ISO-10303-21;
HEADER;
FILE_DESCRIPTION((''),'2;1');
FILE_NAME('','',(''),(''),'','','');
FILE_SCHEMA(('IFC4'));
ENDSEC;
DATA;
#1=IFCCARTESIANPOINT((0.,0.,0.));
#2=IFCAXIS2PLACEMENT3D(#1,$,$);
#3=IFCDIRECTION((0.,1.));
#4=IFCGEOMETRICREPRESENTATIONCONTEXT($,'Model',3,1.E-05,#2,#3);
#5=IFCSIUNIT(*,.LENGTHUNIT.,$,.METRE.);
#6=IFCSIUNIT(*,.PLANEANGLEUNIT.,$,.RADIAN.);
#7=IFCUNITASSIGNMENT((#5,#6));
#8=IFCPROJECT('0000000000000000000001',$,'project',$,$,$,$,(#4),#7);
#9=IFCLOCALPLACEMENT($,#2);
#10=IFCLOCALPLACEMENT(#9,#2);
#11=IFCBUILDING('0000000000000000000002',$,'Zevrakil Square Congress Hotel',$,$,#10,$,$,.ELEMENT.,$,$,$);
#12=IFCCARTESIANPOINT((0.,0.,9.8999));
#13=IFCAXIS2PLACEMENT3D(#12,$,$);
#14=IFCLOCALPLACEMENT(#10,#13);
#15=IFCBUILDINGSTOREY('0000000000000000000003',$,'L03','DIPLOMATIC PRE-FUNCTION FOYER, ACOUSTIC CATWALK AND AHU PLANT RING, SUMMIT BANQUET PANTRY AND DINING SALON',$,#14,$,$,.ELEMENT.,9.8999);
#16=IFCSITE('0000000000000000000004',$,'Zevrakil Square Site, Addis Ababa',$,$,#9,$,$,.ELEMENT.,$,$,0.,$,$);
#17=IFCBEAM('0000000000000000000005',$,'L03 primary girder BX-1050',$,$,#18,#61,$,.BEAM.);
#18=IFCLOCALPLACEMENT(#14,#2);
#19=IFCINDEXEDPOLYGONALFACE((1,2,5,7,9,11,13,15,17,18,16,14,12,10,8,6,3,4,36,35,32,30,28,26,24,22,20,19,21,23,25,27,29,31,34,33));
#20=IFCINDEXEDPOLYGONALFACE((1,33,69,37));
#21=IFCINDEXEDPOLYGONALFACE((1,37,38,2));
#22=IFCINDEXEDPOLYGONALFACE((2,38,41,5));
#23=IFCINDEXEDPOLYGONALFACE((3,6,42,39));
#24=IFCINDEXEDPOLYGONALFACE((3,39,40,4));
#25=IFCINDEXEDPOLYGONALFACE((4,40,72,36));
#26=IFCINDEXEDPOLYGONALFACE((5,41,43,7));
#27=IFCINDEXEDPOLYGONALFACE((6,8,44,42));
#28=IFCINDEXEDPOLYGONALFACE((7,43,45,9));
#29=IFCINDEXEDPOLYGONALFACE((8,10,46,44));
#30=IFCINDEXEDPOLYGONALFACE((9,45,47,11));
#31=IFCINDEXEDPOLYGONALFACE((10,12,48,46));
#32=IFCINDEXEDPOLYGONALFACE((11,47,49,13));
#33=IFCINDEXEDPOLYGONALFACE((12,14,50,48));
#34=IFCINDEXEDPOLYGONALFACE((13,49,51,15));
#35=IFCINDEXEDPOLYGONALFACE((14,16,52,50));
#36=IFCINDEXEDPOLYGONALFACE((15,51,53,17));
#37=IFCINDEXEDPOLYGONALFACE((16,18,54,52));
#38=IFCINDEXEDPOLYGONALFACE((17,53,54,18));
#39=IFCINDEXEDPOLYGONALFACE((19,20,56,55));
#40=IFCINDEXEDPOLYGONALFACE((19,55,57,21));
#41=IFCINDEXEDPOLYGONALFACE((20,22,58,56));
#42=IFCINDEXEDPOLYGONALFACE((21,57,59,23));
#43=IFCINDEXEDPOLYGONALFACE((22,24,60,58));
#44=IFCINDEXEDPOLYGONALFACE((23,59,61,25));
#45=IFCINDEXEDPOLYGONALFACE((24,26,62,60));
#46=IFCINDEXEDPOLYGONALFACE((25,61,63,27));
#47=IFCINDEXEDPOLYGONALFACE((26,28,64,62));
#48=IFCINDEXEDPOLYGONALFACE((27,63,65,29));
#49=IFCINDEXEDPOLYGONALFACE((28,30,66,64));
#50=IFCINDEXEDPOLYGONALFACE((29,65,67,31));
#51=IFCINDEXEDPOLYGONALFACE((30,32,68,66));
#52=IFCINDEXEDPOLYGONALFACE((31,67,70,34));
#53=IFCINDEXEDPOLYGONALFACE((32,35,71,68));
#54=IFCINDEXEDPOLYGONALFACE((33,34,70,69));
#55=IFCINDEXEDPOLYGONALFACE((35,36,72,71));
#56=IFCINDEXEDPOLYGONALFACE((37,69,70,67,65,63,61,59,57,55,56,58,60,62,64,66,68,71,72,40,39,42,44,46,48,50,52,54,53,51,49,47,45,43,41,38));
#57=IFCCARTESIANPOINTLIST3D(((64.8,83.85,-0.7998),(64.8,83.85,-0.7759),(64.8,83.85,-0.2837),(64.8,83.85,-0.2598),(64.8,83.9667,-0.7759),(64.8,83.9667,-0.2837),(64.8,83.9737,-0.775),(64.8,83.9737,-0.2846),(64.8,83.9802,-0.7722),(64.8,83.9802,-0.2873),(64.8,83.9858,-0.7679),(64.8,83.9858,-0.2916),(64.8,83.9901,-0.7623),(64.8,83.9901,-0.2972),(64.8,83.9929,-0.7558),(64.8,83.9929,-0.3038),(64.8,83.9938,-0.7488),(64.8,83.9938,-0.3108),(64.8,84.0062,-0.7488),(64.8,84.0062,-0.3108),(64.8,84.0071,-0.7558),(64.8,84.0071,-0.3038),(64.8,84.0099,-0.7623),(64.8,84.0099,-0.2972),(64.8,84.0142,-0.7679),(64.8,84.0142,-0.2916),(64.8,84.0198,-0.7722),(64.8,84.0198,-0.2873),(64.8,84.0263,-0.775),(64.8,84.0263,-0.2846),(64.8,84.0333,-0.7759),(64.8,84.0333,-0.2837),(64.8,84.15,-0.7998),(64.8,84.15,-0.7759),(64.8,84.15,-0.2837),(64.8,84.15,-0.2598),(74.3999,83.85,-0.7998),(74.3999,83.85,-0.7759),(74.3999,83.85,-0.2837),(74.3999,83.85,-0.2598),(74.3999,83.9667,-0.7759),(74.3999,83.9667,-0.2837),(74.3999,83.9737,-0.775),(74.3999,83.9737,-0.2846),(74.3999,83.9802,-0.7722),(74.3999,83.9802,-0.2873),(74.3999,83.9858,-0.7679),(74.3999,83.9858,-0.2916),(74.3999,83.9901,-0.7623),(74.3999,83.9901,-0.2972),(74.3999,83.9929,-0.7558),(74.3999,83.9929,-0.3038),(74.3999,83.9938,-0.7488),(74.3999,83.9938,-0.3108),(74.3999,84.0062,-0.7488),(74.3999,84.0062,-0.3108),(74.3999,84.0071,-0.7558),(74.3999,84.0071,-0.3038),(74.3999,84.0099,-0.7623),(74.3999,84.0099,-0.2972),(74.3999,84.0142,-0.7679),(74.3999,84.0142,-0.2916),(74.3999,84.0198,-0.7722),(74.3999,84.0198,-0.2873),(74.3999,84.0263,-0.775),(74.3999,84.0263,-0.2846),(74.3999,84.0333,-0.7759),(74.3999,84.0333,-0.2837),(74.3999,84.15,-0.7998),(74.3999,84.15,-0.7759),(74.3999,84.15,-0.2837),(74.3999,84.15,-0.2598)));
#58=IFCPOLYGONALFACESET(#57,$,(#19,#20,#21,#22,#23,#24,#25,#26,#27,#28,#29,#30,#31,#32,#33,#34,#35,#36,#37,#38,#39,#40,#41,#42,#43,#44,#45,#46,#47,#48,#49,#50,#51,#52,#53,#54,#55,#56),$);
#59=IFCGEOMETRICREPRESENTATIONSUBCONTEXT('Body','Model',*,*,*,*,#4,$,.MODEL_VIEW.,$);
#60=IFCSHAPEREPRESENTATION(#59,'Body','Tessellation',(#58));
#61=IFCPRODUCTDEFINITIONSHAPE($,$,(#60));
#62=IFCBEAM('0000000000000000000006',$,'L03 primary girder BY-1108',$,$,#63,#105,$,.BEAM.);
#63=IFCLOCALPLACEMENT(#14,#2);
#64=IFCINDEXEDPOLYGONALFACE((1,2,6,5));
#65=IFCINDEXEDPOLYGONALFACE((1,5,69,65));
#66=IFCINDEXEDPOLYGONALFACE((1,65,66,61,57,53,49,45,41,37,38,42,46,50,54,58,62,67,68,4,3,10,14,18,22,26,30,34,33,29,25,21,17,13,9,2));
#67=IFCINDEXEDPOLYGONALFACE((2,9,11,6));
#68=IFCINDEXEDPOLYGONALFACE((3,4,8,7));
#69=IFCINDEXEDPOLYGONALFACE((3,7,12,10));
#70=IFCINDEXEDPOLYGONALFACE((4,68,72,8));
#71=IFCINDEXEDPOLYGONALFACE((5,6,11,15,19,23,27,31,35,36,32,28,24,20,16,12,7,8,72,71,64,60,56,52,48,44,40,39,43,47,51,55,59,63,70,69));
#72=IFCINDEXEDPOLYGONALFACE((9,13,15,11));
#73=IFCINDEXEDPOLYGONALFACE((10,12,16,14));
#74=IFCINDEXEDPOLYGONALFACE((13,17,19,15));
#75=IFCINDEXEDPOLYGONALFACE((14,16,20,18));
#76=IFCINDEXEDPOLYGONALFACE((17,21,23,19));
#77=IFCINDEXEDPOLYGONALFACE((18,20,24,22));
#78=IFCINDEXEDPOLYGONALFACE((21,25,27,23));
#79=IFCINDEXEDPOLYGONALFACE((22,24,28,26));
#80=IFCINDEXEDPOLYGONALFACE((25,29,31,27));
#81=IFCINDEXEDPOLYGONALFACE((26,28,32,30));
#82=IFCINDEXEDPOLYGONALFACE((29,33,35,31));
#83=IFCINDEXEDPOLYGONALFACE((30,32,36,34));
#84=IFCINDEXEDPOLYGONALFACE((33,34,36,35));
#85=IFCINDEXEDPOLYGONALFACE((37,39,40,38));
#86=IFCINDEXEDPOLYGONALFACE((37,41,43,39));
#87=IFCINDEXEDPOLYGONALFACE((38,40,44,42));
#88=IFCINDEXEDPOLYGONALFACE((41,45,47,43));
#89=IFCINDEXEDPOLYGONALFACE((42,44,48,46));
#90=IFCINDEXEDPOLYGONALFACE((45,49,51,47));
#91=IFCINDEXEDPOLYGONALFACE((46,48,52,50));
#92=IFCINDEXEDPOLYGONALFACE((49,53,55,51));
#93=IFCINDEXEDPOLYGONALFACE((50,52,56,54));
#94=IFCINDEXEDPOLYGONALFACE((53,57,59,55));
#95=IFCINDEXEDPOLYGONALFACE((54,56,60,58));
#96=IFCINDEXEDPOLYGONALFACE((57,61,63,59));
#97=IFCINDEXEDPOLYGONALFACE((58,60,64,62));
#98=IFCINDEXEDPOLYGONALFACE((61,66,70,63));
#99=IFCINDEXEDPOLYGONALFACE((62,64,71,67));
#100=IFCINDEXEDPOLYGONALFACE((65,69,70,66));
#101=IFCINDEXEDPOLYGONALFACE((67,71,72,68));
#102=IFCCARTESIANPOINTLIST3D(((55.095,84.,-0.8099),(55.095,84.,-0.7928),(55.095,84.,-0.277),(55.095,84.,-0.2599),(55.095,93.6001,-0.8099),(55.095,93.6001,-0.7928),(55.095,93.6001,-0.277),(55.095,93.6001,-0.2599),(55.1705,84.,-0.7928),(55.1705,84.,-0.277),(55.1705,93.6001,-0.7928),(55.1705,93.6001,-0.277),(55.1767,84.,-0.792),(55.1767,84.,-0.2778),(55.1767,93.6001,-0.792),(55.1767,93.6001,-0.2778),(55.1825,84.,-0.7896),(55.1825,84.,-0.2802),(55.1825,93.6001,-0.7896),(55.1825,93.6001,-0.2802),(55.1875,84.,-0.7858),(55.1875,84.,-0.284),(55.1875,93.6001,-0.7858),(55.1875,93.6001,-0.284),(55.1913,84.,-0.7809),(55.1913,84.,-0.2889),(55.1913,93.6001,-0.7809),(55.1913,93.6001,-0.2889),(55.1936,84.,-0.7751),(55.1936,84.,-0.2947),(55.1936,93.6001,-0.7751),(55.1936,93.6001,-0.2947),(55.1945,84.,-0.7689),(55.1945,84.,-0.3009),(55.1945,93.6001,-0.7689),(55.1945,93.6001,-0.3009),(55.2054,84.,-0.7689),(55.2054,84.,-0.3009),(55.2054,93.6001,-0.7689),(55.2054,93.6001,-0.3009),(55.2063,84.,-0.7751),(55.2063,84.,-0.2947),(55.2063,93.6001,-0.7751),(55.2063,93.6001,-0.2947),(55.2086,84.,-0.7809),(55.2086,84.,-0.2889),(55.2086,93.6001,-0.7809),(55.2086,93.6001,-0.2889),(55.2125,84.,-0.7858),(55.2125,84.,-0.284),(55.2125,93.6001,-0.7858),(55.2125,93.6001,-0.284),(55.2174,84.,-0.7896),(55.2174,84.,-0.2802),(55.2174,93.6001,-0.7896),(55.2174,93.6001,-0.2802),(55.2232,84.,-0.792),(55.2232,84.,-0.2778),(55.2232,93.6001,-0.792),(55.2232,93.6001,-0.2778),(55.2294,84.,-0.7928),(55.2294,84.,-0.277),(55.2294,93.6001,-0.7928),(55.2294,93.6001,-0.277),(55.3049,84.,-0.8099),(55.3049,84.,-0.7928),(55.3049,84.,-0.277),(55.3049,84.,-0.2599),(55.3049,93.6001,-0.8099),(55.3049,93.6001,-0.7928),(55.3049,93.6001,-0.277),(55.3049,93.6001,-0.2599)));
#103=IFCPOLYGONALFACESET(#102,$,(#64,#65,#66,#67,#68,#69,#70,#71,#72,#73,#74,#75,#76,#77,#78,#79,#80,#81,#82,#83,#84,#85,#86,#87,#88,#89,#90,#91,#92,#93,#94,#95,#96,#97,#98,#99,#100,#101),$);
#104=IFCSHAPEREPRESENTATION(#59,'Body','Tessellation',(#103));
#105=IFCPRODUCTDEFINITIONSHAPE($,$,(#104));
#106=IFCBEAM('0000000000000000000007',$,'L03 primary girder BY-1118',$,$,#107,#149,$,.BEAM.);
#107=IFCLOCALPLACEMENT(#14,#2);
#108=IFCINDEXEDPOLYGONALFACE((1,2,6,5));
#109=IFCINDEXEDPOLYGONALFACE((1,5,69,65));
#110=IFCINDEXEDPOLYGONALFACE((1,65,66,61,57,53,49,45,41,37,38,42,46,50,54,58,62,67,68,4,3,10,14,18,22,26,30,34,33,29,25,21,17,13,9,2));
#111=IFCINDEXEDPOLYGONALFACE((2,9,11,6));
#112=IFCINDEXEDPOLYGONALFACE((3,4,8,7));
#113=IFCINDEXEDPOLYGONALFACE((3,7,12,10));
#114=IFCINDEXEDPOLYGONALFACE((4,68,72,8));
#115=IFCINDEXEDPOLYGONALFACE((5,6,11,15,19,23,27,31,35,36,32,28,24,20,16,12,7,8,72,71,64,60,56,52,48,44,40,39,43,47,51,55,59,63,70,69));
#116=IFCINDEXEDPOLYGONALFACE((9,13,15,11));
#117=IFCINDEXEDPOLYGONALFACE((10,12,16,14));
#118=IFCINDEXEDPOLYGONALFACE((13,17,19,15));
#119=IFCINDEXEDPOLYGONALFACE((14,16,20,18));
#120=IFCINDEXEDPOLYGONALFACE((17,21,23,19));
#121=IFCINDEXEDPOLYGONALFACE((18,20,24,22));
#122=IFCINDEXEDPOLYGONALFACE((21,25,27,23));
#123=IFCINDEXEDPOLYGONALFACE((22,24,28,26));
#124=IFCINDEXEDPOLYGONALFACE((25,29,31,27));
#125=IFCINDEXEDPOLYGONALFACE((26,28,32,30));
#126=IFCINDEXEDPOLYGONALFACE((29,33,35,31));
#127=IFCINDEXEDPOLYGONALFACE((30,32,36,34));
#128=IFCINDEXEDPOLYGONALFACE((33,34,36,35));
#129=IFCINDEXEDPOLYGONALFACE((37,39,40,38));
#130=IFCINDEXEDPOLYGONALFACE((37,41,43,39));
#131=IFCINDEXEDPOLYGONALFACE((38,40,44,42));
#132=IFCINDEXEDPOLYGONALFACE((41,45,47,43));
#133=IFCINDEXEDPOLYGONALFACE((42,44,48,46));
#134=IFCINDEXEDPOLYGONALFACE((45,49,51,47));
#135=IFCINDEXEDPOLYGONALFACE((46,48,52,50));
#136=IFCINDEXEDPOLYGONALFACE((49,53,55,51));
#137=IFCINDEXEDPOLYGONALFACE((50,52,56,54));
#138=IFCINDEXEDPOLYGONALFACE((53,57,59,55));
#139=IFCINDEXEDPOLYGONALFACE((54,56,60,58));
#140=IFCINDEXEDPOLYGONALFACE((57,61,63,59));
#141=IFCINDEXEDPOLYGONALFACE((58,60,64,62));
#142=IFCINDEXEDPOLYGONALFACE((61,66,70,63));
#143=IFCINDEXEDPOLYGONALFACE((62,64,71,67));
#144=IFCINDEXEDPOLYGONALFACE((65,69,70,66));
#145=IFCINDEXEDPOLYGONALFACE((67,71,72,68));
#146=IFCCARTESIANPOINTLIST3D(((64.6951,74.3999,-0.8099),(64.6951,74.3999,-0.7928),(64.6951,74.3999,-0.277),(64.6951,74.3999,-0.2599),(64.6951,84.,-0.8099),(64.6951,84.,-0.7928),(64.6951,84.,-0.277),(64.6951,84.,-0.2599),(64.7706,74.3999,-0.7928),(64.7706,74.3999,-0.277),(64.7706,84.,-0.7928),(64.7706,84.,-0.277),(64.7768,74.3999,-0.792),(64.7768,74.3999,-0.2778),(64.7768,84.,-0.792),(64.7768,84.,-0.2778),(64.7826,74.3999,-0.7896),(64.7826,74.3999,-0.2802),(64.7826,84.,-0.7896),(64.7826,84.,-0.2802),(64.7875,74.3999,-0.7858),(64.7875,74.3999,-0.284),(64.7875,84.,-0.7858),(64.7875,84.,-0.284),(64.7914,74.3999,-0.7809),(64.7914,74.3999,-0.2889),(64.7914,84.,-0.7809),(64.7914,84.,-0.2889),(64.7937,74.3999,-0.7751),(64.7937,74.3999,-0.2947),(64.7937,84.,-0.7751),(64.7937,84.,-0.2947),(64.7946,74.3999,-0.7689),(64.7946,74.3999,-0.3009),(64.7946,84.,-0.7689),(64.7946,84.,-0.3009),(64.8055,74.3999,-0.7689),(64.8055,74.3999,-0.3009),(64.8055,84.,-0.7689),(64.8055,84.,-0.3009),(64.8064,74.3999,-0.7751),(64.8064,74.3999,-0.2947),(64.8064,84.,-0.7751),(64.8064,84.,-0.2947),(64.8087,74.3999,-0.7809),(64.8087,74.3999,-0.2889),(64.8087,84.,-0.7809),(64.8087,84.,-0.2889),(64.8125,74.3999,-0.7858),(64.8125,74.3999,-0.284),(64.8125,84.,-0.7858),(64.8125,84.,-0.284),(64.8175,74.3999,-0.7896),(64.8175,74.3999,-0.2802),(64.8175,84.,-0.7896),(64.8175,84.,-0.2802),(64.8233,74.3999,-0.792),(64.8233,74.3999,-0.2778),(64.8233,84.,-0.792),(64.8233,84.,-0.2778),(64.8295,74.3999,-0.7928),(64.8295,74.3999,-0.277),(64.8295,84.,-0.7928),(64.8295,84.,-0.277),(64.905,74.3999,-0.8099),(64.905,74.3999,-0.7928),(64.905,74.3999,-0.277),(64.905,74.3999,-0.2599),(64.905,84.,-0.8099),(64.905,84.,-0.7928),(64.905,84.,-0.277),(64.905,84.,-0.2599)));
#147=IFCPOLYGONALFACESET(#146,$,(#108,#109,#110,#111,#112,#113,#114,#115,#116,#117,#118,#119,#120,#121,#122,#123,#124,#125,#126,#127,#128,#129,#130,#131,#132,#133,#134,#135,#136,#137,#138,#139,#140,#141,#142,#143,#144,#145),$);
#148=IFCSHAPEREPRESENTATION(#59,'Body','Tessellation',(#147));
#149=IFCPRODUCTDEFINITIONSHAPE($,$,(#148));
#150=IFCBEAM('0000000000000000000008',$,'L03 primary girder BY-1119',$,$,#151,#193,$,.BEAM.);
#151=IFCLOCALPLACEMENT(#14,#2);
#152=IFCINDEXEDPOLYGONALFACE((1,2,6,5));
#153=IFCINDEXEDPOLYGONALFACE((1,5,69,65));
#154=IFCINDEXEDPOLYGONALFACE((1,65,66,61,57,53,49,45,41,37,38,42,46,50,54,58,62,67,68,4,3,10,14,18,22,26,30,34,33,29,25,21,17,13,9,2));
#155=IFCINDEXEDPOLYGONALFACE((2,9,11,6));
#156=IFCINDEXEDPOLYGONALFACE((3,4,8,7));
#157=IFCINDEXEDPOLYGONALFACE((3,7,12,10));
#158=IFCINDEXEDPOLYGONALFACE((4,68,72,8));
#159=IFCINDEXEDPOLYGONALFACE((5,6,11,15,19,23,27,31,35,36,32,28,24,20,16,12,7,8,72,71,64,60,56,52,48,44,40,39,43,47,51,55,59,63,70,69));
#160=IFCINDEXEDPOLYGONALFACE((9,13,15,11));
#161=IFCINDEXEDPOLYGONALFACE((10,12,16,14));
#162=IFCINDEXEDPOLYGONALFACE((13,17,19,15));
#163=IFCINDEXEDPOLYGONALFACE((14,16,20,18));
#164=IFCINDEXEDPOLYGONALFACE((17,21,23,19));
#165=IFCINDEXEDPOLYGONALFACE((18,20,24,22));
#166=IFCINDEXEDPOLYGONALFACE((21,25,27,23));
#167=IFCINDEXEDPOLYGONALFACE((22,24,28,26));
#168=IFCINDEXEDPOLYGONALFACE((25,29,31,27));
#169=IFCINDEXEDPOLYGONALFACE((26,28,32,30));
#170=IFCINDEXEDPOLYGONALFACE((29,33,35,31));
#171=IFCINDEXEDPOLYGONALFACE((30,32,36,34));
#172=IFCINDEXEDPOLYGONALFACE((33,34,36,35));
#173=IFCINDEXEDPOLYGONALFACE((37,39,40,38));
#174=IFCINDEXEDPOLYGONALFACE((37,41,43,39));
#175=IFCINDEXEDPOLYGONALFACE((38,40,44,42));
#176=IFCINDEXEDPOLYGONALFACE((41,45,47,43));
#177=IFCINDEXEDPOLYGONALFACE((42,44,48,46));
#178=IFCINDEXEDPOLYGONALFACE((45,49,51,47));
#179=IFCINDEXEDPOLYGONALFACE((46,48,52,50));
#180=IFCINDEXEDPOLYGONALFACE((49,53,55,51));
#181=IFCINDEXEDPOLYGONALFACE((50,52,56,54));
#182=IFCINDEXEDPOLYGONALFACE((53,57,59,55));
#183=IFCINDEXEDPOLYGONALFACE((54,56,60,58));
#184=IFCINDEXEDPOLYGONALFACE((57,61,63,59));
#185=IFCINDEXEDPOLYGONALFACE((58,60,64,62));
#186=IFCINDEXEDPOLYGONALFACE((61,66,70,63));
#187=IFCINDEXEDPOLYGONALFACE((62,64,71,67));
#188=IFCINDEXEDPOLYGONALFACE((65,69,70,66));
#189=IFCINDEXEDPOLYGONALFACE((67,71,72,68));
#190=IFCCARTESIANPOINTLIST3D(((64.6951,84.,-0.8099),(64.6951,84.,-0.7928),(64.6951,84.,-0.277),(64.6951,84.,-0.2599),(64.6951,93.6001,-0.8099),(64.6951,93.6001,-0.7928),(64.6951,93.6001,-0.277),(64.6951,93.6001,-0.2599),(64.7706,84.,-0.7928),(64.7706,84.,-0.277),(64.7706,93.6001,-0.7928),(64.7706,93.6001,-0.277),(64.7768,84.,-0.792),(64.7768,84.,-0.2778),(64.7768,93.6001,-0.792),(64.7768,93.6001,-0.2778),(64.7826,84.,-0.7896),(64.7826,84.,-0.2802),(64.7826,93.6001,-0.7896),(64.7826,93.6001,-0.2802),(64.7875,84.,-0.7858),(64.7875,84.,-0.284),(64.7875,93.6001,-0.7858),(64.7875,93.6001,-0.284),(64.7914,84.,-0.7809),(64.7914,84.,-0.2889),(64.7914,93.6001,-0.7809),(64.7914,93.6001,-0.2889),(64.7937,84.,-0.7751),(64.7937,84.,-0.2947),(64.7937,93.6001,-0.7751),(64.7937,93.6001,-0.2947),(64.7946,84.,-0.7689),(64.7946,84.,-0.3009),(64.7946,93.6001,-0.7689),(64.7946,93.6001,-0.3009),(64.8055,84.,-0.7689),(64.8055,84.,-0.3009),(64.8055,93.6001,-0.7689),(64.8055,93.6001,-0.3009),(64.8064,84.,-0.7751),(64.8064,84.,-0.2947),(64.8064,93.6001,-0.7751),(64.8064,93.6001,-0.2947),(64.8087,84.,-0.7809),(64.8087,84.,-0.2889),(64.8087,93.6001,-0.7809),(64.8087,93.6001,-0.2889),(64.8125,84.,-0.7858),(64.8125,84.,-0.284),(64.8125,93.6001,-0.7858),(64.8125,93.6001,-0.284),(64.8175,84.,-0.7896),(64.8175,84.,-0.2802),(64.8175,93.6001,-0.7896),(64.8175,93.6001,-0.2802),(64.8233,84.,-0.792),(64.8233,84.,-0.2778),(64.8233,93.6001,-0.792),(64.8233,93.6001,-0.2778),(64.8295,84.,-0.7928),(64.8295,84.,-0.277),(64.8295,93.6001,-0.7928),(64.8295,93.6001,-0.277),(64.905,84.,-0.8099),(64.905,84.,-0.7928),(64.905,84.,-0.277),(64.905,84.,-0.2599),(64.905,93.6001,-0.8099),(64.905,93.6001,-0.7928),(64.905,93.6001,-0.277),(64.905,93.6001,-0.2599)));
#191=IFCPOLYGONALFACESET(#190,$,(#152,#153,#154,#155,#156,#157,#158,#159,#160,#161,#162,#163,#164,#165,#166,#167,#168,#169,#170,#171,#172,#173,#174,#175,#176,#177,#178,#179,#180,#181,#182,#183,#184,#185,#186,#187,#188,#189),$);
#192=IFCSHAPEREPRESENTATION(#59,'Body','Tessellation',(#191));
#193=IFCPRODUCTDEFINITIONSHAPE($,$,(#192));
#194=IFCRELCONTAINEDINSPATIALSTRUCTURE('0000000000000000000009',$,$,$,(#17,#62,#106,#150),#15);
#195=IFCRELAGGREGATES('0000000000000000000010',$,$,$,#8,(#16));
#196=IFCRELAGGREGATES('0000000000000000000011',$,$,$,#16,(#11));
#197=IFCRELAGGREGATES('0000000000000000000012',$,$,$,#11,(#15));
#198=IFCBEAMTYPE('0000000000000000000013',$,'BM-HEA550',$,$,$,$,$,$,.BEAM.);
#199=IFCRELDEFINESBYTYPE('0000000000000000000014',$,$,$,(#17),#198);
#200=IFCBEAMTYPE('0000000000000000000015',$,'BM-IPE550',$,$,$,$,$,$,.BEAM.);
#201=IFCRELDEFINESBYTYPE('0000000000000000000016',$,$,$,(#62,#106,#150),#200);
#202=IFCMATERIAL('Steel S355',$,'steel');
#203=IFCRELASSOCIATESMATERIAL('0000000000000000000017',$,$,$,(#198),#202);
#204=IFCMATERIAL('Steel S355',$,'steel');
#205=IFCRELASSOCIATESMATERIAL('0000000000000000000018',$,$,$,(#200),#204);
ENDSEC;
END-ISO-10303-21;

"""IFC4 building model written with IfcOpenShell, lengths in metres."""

from ifc_helpers import new_model, si_unit, direction, frame, origin, origin_2d, place, context, subcontext, project, spatial, i_section, extrude, material, material_profile, profile_set, type_object, element, save


model = new_model("IFC4")

# Units and contexts
model_context = context("Model", 3, precision=1e-05, world=origin(), true_north=direction((0.0, 1.0)))
body_context = subcontext(model_context, "Body", "Model", "MODEL_VIEW")
ifc_project = project(units=[si_unit("LENGTHUNIT", "METRE"), si_unit("PLANEANGLEUNIT", "RADIAN")], contexts=[model_context])

# Site, building, storey
site_placement = place(None, origin())
site = spatial("IfcSite", under=ifc_project, at=site_placement, Name="Zevrakil Square Site, Addis Ababa", CompositionType="ELEMENT", RefElevation=0.0)
building_placement = place(site_placement, origin())
building = spatial("IfcBuilding", under=site, at=building_placement, Name="Zevrakil Square Congress Hotel", CompositionType="ELEMENT")
storey_placement = place(building_placement, frame((0.0, 0.0, 9.8999)))
storey = spatial("IfcBuildingStorey", under=building, at=storey_placement, Name="L03", Description="DIPLOMATIC PRE-FUNCTION FOYER, ACOUSTIC CATWALK AND AHU PLANT RING, SUMMIT BANQUET PANTRY AND DINING SALON", CompositionType="ELEMENT", Elevation=9.8999)

# Beams
ifc_material_1 = material(Name="Steel S355", Category="steel")
ifc_material_profile_1 = material_profile(ifc_material_1, i_section(OverallWidth=0.3, OverallDepth=0.54, WebThickness=0.0125, FlangeThickness=0.0239, FilletRadius=0.0271, at=origin_2d()), Name="HEA 550")
ifc_profile_set_1 = profile_set([ifc_material_profile_1], Name="Steel S355")
beam_type_1 = type_object("IfcBeamType", Name="BM-HEA550", PredefinedType="BEAM", material=ifc_profile_set_1)
beam_1_placement = place(storey_placement, frame((64.8, 84.0, -0.5298), z_axis=(1.0, 0.0, 0.0), x_axis=(0.0, 1.0, 0.0)))
element("IfcBeam", 1, at=beam_1_placement, inside=storey, type_object=beam_type_1, Name="L03 primary girder BX-1050", PredefinedType="BEAM", context=body_context, shape_type="SweptSolid", body=[
    extrude(i_section(OverallWidth=0.3, OverallDepth=0.54, WebThickness=0.0125, FlangeThickness=0.0239, FilletRadius=0.0271, at=origin_2d()), origin(), (0.0, 0.0, 1.0), 9.5999),
])
ifc_material_2 = material(Name="Steel S355", Category="steel")
ifc_material_profile_2 = material_profile(ifc_material_2, i_section(OverallWidth=0.21, OverallDepth=0.55, WebThickness=0.011, FlangeThickness=0.0171, FilletRadius=0.0239, at=origin_2d()), Name="IPE 550")
ifc_profile_set_2 = profile_set([ifc_material_profile_2], Name="Steel S355")
beam_type_2 = type_object("IfcBeamType", Name="BM-IPE550", PredefinedType="BEAM", material=ifc_profile_set_2)
for number, where, z_axis, x_axis, name in (
    (2, (55.2, 84.0, -0.5349), (0.0, 1.0, 0.0), (-1.0, 0.0, 0.0), "L03 primary girder BY-1108"),
    (3, (64.8, 74.3999, -0.5349), (0.0, 1.0, 0.0), (-1.0, 0.0, 0.0), "L03 primary girder BY-1118"),
    (4, (64.8, 84.0, -0.5349), (0.0, 1.0, 0.0), (-1.0, 0.0, 0.0), "L03 primary girder BY-1119"),
):
    element("IfcBeam", number, at=place(storey_placement, frame(where, z_axis=z_axis, x_axis=x_axis)), inside=storey, type_object=beam_type_2, Name=name, PredefinedType="BEAM", context=body_context, shape_type="SweptSolid", body=[
        extrude(i_section(OverallWidth=0.21, OverallDepth=0.55, WebThickness=0.011, FlangeThickness=0.0171, FilletRadius=0.0239, at=origin_2d()), origin(), (0.0, 0.0, 1.0), 9.6001),
    ])

save(model, "model.ifc")
